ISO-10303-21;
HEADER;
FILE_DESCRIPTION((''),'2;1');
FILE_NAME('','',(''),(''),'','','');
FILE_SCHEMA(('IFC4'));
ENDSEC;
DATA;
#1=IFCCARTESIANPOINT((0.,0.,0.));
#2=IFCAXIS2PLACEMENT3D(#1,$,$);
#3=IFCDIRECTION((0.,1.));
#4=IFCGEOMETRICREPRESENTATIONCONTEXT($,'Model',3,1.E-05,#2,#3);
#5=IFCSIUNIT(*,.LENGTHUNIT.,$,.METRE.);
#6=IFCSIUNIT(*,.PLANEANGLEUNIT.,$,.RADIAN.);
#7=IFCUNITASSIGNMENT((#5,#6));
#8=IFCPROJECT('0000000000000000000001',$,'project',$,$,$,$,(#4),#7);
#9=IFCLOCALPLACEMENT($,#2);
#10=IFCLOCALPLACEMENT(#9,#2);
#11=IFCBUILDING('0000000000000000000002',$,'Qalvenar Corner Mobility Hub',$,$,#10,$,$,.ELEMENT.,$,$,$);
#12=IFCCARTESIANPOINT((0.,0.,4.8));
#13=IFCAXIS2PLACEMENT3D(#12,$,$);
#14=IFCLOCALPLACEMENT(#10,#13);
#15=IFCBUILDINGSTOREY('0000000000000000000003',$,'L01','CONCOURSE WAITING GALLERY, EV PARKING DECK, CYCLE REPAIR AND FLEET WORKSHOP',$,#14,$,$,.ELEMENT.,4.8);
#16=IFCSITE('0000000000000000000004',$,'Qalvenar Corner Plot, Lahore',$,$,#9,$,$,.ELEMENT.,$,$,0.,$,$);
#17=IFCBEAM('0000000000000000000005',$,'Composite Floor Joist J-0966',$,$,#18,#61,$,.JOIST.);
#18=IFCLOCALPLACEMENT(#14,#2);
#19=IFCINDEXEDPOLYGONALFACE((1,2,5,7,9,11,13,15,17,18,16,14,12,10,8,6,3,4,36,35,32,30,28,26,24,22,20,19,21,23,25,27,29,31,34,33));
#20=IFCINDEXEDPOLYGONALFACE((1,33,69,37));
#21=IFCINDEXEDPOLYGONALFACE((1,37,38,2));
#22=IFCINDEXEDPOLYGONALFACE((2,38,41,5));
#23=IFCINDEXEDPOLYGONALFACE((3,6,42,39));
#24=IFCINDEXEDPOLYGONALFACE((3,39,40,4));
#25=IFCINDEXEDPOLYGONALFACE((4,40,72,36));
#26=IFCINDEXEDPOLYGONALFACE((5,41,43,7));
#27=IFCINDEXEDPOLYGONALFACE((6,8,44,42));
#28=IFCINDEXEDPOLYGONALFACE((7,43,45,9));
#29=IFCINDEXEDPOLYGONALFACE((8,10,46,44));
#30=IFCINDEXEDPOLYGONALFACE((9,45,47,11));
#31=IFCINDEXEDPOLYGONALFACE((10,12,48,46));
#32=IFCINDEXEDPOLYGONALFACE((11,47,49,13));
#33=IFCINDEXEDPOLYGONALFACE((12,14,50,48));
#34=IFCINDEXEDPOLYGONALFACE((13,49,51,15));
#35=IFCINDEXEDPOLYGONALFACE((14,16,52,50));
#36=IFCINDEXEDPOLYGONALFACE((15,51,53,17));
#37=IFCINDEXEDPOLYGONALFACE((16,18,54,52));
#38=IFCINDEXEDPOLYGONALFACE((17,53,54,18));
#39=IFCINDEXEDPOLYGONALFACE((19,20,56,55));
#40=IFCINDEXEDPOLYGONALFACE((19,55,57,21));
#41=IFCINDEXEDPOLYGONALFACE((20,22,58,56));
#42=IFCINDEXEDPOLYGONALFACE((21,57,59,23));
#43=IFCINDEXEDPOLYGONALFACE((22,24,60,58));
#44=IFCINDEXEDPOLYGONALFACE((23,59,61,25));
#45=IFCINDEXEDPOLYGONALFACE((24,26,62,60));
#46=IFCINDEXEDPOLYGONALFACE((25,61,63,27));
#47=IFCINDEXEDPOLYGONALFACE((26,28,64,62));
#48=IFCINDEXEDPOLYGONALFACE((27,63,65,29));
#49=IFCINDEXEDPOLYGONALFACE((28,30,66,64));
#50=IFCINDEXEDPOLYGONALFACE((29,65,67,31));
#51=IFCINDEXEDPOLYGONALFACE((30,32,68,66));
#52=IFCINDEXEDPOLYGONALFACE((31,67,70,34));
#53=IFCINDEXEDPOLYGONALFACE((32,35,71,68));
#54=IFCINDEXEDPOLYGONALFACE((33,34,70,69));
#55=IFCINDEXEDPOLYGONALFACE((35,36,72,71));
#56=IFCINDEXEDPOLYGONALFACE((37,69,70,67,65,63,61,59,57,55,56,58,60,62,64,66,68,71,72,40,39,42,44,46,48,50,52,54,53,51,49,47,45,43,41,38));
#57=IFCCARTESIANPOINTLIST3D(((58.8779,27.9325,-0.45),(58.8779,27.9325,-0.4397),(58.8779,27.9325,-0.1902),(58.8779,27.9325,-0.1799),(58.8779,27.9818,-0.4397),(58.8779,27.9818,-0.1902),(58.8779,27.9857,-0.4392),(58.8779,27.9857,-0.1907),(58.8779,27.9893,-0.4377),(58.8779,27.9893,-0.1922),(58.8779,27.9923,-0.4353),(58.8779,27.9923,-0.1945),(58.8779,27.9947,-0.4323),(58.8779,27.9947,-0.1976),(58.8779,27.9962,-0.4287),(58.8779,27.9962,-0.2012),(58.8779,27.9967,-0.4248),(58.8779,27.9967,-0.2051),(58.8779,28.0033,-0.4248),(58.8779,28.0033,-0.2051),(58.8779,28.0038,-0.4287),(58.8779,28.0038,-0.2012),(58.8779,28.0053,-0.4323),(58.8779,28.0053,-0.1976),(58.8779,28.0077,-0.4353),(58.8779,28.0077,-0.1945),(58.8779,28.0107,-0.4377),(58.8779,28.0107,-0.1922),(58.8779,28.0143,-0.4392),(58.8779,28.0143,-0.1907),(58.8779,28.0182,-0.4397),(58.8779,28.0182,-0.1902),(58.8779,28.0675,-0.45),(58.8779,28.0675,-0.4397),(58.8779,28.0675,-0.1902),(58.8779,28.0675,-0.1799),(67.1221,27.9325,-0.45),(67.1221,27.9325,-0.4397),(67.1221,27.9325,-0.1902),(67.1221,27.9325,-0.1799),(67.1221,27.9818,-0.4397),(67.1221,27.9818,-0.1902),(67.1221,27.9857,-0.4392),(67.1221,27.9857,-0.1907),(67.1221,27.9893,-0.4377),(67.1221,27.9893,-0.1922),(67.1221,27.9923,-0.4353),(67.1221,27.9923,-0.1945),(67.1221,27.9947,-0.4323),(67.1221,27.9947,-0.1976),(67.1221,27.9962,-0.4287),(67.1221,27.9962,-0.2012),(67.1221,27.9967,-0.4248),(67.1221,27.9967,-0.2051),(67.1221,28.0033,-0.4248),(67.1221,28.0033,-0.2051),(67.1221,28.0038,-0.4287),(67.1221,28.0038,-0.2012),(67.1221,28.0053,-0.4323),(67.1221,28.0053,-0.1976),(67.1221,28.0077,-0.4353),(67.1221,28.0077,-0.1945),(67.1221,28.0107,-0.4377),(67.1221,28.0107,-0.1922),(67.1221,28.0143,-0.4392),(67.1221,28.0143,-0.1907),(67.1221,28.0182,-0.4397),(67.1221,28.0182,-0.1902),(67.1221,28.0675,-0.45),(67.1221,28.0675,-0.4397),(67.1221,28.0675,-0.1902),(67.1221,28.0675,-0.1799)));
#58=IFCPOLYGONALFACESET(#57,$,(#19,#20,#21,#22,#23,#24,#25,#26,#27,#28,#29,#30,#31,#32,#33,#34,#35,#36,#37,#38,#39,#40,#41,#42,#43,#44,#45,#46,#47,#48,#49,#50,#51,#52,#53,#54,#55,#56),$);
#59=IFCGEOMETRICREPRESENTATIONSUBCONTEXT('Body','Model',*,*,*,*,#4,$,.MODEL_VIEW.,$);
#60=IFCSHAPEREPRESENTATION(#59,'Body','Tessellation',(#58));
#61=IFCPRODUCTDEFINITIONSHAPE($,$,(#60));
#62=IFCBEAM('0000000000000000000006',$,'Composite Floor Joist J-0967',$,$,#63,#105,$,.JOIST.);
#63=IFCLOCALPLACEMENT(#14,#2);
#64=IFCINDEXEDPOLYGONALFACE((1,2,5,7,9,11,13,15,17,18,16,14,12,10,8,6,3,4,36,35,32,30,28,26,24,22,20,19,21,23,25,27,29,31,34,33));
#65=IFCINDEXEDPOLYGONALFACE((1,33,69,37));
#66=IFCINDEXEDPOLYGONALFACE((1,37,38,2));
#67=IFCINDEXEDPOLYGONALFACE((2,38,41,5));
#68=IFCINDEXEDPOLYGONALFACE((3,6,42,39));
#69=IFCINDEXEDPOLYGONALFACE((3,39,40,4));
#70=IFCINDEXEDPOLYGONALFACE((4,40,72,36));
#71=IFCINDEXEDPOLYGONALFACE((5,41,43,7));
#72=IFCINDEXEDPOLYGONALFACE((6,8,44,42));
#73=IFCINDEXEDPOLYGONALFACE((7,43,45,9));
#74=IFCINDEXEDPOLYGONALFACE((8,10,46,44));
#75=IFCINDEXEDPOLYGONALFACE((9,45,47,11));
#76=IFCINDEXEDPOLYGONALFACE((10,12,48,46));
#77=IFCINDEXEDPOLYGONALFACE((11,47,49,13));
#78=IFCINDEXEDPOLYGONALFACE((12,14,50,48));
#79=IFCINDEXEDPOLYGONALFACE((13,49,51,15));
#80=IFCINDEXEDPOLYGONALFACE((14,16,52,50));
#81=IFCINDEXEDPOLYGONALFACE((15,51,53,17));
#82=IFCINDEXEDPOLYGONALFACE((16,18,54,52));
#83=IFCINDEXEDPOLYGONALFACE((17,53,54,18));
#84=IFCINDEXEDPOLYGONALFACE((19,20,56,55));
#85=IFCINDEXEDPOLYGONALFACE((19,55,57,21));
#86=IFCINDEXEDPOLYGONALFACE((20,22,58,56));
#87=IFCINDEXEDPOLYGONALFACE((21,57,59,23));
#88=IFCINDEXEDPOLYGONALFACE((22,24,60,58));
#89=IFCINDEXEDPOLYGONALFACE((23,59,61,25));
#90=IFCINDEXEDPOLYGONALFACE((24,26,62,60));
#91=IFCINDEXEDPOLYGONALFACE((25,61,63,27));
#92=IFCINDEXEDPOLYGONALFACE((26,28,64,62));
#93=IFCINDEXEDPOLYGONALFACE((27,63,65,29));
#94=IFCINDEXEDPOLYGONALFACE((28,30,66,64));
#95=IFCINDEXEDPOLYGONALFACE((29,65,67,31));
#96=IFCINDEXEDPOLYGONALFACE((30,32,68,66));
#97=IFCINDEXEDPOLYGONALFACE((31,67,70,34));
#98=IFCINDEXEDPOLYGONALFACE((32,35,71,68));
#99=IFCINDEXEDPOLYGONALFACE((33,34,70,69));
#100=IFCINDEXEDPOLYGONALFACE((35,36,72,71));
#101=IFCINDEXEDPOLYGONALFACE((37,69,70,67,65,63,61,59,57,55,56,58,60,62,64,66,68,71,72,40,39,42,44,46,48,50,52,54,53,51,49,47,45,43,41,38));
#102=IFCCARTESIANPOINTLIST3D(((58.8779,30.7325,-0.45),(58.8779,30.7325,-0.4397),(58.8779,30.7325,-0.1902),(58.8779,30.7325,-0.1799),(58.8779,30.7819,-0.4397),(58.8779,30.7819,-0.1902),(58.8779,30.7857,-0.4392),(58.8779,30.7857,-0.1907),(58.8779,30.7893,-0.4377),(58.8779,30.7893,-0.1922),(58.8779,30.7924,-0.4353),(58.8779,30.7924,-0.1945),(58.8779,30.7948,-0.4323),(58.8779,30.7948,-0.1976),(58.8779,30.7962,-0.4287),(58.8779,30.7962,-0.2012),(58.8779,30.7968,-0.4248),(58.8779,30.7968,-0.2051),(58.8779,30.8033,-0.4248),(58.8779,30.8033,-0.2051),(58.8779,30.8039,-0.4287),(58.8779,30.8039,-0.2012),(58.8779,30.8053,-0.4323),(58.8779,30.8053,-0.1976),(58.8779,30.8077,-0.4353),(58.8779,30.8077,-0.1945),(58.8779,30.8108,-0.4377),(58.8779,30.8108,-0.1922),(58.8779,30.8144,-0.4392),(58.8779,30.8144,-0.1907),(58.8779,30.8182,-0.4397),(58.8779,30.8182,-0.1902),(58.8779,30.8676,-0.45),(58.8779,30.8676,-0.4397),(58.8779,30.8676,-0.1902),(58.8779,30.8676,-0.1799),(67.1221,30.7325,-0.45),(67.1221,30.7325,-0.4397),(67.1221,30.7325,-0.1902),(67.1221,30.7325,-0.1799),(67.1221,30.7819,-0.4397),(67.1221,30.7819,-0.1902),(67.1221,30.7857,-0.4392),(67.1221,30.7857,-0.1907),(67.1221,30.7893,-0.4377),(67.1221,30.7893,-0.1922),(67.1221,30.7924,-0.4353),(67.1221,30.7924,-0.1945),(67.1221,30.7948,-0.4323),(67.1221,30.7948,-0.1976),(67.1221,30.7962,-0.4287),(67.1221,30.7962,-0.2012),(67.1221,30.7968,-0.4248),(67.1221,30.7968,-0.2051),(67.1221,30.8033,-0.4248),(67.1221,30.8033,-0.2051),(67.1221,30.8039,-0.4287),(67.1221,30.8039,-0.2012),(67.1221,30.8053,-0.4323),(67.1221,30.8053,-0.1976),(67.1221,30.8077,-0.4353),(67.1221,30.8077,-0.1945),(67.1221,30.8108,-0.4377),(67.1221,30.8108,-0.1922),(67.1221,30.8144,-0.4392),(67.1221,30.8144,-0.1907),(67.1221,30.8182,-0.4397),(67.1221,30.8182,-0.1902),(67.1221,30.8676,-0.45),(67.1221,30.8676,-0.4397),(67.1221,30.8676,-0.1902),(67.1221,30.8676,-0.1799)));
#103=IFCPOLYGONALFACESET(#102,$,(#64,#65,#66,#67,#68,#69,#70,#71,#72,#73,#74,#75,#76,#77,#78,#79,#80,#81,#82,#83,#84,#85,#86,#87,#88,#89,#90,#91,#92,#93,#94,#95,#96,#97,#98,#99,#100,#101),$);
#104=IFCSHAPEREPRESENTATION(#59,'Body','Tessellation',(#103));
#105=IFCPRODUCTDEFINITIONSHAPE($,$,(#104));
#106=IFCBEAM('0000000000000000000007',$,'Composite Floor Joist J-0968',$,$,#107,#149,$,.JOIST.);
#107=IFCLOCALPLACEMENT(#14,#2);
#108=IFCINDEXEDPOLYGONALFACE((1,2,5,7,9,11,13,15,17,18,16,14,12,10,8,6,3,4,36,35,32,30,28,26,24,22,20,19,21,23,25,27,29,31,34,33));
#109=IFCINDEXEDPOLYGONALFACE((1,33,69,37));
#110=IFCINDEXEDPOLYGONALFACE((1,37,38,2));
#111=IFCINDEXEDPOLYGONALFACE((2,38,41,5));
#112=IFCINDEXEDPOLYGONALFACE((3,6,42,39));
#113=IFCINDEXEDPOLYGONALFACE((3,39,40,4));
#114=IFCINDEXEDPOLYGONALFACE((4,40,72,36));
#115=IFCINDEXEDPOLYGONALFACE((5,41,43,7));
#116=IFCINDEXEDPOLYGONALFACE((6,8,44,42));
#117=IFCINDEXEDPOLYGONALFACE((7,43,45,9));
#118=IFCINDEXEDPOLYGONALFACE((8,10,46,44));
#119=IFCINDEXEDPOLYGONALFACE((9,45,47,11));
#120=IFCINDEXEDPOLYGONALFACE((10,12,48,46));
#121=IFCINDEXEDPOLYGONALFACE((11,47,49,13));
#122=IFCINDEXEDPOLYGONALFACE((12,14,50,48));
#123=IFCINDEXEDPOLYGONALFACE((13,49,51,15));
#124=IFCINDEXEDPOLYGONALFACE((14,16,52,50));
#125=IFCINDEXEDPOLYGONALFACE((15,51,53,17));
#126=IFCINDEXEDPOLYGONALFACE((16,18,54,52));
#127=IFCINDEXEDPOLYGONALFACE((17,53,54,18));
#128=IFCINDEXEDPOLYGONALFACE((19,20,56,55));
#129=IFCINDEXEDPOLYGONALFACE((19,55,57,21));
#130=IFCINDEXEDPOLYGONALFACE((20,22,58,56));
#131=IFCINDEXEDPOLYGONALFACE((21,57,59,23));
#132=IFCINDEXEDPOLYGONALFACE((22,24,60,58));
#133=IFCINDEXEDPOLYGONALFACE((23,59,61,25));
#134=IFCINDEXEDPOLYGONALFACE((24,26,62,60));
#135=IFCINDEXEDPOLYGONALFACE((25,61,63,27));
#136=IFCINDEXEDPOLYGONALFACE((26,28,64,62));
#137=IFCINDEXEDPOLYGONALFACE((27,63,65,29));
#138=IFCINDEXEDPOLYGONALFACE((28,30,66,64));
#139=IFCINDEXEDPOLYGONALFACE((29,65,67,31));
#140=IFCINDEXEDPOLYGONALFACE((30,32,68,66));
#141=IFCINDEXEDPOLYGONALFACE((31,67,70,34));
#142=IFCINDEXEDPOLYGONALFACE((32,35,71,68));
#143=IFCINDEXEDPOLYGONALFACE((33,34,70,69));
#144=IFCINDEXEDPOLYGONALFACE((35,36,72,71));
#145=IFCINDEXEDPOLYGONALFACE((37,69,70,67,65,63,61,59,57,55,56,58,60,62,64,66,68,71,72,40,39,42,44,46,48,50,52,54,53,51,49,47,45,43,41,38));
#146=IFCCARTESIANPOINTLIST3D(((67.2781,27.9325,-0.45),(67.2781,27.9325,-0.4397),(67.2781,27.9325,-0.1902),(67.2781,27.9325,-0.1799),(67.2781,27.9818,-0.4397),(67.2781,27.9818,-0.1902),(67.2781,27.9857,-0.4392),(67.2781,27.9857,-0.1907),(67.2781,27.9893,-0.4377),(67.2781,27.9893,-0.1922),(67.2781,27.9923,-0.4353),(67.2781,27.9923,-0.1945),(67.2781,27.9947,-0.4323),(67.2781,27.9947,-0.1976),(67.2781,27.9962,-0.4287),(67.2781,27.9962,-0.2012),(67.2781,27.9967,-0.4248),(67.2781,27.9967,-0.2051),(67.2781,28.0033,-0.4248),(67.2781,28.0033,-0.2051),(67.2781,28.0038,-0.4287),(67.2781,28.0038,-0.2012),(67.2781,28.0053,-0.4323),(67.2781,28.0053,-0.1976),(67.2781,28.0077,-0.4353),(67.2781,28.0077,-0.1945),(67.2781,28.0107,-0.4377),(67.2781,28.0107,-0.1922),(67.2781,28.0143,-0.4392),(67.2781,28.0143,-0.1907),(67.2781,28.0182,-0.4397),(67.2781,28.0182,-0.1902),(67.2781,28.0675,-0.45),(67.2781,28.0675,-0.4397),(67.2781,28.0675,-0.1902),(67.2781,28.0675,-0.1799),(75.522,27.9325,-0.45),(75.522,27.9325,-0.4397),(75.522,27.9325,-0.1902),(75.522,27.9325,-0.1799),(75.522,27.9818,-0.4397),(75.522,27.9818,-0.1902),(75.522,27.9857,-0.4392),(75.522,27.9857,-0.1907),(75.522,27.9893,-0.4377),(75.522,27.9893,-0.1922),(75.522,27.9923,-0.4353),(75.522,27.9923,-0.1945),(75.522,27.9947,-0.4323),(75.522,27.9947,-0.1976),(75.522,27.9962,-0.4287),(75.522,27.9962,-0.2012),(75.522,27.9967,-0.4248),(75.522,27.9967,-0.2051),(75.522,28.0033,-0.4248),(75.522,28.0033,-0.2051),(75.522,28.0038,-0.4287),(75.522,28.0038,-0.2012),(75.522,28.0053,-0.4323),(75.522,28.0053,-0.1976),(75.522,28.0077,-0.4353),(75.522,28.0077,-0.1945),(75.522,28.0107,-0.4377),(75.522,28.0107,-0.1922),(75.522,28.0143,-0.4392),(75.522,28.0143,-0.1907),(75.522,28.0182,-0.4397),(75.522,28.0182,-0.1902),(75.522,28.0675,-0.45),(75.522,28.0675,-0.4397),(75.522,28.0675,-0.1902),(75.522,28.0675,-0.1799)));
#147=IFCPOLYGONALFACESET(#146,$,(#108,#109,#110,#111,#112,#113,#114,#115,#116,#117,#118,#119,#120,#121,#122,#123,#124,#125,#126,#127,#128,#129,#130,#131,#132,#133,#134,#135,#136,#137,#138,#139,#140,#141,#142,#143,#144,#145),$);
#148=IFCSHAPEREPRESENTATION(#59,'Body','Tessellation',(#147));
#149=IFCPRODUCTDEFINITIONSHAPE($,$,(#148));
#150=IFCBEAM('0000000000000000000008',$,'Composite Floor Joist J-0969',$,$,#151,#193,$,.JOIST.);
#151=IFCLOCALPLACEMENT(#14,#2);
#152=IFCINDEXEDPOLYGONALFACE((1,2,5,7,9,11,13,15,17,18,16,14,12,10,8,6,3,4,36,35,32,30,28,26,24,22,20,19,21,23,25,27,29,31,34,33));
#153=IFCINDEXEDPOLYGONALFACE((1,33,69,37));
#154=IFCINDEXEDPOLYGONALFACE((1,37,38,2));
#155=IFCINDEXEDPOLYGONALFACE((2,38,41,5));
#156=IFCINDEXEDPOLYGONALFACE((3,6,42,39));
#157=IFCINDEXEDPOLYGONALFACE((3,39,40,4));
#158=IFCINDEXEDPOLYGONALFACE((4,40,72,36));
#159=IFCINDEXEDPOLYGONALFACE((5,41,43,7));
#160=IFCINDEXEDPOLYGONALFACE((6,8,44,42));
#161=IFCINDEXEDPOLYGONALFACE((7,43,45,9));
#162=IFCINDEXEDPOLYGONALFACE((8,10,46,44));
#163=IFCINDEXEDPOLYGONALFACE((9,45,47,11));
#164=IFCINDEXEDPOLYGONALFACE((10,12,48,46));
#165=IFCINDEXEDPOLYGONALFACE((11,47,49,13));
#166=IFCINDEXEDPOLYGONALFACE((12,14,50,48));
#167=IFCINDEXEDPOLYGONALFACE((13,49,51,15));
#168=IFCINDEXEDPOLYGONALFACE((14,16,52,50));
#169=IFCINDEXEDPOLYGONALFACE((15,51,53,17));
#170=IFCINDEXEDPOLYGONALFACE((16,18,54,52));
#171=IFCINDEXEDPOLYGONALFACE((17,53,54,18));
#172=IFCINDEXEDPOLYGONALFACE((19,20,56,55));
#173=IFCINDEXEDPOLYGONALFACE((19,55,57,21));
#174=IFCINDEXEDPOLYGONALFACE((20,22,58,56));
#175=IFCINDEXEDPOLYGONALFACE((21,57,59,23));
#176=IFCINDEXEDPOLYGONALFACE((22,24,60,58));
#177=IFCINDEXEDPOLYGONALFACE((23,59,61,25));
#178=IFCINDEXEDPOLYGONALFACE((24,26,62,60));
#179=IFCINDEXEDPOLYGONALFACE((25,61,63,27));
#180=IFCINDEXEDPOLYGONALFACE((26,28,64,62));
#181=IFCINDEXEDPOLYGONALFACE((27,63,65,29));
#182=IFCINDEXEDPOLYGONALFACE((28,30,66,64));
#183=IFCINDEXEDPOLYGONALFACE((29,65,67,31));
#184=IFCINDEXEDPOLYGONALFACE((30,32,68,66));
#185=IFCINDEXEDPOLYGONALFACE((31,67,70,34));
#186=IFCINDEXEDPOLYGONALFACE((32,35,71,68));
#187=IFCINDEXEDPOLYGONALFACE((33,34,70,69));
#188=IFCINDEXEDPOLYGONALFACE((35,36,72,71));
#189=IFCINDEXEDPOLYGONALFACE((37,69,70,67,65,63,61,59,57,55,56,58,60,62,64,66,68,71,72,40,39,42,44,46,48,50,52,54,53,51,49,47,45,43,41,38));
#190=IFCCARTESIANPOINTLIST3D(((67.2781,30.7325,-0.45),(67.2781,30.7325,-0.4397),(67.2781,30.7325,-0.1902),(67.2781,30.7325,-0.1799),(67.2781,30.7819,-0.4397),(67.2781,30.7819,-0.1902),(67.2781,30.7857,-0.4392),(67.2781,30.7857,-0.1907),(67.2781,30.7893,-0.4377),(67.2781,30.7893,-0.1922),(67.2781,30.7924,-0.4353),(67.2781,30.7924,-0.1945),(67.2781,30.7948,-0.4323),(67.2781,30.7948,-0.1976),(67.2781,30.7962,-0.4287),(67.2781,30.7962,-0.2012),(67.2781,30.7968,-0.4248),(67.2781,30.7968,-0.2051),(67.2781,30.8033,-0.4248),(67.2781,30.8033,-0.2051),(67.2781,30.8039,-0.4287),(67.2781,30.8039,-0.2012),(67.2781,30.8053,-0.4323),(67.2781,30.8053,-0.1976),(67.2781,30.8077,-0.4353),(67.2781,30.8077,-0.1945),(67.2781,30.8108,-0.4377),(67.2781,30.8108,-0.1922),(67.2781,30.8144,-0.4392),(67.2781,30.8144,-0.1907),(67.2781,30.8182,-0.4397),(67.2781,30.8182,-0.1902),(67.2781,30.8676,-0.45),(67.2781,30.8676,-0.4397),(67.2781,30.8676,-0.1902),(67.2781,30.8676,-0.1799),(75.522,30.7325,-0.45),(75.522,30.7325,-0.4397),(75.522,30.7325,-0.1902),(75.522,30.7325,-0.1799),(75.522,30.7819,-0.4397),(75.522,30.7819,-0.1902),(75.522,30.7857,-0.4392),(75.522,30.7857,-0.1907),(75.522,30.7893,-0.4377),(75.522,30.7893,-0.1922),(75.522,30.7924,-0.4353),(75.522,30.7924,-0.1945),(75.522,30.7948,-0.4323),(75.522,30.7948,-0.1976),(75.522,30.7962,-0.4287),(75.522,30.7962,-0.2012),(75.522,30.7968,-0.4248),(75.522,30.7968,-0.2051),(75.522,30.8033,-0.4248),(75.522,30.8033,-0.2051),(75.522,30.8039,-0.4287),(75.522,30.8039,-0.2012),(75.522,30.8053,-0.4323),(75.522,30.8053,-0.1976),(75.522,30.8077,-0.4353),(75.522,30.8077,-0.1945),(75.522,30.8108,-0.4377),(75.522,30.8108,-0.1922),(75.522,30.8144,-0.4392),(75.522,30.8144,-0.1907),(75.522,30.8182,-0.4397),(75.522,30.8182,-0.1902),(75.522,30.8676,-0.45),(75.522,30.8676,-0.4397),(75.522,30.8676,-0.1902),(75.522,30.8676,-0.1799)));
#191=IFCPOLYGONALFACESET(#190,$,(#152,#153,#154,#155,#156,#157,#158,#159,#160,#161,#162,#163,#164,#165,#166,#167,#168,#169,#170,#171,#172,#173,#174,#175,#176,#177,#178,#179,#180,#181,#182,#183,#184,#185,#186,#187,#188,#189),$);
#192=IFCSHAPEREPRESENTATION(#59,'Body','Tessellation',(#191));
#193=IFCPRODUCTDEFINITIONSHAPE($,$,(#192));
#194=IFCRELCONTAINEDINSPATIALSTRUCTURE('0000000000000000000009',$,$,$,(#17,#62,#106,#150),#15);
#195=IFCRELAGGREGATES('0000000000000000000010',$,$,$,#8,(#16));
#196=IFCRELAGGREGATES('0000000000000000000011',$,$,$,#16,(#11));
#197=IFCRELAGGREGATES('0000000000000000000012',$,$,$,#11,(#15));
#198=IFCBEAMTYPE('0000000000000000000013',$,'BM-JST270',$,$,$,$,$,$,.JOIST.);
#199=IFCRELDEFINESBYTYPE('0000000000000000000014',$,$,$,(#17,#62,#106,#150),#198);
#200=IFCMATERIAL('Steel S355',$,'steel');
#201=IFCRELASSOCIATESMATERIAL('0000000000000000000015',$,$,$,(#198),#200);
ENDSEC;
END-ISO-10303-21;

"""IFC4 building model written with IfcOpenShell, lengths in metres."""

from ifc_helpers import new_model, si_unit, direction, frame, origin, origin_2d, place, context, subcontext, project, spatial, i_section, extrude, material, material_profile, profile_set, type_object, element, save


model = new_model("IFC4")

# Units and contexts
model_context = context("Model", 3, precision=1e-05, world=origin(), true_north=direction((0.0, 1.0)))
body_context = subcontext(model_context, "Body", "Model", "MODEL_VIEW")
ifc_project = project(units=[si_unit("LENGTHUNIT", "METRE"), si_unit("PLANEANGLEUNIT", "RADIAN")], contexts=[model_context])

# Site, building, storey
site_placement = place(None, origin())
site = spatial("IfcSite", under=ifc_project, at=site_placement, Name="Qalvenar Corner Plot, Lahore", CompositionType="ELEMENT", RefElevation=0.0)
building_placement = place(site_placement, origin())
building = spatial("IfcBuilding", under=site, at=building_placement, Name="Qalvenar Corner Mobility Hub", CompositionType="ELEMENT")
storey_placement = place(building_placement, frame((0.0, 0.0, 4.8)))
storey = spatial("IfcBuildingStorey", under=building, at=storey_placement, Name="L01", Description="CONCOURSE WAITING GALLERY, EV PARKING DECK, CYCLE REPAIR AND FLEET WORKSHOP", CompositionType="ELEMENT", Elevation=4.8)

# Shared definitions
ifc_material_1 = material(Name="Steel S355", Category="steel")

# Beams
ifc_material_profile_1 = material_profile(ifc_material_1, i_section(OverallWidth=0.135, OverallDepth=0.27, WebThickness=0.0066, FlangeThickness=0.0103, FilletRadius=0.0149, at=origin_2d()), Name="IPE270")
ifc_profile_set_1 = profile_set([ifc_material_profile_1], Name="Steel S355")
beam_type_1 = type_object("IfcBeamType", Name="BM-JST270", PredefinedType="JOIST", material=ifc_profile_set_1)
for number, where, z_axis, x_axis, name in (
    (1, (58.8779, 28.0, -0.3149), (1.0, 0.0, 0.0), (0.0, 1.0, 0.0), "Composite Floor Joist J-0966"),
    (2, (58.8779, 30.8, -0.3149), (1.0, 0.0, 0.0), (0.0, 1.0, 0.0), "Composite Floor Joist J-0967"),
):
    element("IfcBeam", number, at=place(storey_placement, frame(where, z_axis=z_axis, x_axis=x_axis)), inside=storey, type_object=beam_type_1, Name=name, PredefinedType="JOIST", context=body_context, shape_type="SweptSolid", body=[
        extrude(i_section(OverallWidth=0.135, OverallDepth=0.27, WebThickness=0.0066, FlangeThickness=0.0103, FilletRadius=0.0149, at=origin_2d()), origin(), (0.0, 0.0, 1.0), 8.2441),
    ])
for number, where, z_axis, x_axis, name in (
    (3, (67.2781, 28.0, -0.3149), (1.0, 0.0, 0.0), (0.0, 1.0, 0.0), "Composite Floor Joist J-0968"),
    (4, (67.2781, 30.8, -0.3149), (1.0, 0.0, 0.0), (0.0, 1.0, 0.0), "Composite Floor Joist J-0969"),
):
    element("IfcBeam", number, at=place(storey_placement, frame(where, z_axis=z_axis, x_axis=x_axis)), inside=storey, type_object=beam_type_1, Name=name, PredefinedType="JOIST", context=body_context, shape_type="SweptSolid", body=[
        extrude(i_section(OverallWidth=0.135, OverallDepth=0.27, WebThickness=0.0066, FlangeThickness=0.0103, FilletRadius=0.0149, at=origin_2d()), origin(), (0.0, 0.0, 1.0), 8.2439),
    ])

save(model, "model.ifc")
